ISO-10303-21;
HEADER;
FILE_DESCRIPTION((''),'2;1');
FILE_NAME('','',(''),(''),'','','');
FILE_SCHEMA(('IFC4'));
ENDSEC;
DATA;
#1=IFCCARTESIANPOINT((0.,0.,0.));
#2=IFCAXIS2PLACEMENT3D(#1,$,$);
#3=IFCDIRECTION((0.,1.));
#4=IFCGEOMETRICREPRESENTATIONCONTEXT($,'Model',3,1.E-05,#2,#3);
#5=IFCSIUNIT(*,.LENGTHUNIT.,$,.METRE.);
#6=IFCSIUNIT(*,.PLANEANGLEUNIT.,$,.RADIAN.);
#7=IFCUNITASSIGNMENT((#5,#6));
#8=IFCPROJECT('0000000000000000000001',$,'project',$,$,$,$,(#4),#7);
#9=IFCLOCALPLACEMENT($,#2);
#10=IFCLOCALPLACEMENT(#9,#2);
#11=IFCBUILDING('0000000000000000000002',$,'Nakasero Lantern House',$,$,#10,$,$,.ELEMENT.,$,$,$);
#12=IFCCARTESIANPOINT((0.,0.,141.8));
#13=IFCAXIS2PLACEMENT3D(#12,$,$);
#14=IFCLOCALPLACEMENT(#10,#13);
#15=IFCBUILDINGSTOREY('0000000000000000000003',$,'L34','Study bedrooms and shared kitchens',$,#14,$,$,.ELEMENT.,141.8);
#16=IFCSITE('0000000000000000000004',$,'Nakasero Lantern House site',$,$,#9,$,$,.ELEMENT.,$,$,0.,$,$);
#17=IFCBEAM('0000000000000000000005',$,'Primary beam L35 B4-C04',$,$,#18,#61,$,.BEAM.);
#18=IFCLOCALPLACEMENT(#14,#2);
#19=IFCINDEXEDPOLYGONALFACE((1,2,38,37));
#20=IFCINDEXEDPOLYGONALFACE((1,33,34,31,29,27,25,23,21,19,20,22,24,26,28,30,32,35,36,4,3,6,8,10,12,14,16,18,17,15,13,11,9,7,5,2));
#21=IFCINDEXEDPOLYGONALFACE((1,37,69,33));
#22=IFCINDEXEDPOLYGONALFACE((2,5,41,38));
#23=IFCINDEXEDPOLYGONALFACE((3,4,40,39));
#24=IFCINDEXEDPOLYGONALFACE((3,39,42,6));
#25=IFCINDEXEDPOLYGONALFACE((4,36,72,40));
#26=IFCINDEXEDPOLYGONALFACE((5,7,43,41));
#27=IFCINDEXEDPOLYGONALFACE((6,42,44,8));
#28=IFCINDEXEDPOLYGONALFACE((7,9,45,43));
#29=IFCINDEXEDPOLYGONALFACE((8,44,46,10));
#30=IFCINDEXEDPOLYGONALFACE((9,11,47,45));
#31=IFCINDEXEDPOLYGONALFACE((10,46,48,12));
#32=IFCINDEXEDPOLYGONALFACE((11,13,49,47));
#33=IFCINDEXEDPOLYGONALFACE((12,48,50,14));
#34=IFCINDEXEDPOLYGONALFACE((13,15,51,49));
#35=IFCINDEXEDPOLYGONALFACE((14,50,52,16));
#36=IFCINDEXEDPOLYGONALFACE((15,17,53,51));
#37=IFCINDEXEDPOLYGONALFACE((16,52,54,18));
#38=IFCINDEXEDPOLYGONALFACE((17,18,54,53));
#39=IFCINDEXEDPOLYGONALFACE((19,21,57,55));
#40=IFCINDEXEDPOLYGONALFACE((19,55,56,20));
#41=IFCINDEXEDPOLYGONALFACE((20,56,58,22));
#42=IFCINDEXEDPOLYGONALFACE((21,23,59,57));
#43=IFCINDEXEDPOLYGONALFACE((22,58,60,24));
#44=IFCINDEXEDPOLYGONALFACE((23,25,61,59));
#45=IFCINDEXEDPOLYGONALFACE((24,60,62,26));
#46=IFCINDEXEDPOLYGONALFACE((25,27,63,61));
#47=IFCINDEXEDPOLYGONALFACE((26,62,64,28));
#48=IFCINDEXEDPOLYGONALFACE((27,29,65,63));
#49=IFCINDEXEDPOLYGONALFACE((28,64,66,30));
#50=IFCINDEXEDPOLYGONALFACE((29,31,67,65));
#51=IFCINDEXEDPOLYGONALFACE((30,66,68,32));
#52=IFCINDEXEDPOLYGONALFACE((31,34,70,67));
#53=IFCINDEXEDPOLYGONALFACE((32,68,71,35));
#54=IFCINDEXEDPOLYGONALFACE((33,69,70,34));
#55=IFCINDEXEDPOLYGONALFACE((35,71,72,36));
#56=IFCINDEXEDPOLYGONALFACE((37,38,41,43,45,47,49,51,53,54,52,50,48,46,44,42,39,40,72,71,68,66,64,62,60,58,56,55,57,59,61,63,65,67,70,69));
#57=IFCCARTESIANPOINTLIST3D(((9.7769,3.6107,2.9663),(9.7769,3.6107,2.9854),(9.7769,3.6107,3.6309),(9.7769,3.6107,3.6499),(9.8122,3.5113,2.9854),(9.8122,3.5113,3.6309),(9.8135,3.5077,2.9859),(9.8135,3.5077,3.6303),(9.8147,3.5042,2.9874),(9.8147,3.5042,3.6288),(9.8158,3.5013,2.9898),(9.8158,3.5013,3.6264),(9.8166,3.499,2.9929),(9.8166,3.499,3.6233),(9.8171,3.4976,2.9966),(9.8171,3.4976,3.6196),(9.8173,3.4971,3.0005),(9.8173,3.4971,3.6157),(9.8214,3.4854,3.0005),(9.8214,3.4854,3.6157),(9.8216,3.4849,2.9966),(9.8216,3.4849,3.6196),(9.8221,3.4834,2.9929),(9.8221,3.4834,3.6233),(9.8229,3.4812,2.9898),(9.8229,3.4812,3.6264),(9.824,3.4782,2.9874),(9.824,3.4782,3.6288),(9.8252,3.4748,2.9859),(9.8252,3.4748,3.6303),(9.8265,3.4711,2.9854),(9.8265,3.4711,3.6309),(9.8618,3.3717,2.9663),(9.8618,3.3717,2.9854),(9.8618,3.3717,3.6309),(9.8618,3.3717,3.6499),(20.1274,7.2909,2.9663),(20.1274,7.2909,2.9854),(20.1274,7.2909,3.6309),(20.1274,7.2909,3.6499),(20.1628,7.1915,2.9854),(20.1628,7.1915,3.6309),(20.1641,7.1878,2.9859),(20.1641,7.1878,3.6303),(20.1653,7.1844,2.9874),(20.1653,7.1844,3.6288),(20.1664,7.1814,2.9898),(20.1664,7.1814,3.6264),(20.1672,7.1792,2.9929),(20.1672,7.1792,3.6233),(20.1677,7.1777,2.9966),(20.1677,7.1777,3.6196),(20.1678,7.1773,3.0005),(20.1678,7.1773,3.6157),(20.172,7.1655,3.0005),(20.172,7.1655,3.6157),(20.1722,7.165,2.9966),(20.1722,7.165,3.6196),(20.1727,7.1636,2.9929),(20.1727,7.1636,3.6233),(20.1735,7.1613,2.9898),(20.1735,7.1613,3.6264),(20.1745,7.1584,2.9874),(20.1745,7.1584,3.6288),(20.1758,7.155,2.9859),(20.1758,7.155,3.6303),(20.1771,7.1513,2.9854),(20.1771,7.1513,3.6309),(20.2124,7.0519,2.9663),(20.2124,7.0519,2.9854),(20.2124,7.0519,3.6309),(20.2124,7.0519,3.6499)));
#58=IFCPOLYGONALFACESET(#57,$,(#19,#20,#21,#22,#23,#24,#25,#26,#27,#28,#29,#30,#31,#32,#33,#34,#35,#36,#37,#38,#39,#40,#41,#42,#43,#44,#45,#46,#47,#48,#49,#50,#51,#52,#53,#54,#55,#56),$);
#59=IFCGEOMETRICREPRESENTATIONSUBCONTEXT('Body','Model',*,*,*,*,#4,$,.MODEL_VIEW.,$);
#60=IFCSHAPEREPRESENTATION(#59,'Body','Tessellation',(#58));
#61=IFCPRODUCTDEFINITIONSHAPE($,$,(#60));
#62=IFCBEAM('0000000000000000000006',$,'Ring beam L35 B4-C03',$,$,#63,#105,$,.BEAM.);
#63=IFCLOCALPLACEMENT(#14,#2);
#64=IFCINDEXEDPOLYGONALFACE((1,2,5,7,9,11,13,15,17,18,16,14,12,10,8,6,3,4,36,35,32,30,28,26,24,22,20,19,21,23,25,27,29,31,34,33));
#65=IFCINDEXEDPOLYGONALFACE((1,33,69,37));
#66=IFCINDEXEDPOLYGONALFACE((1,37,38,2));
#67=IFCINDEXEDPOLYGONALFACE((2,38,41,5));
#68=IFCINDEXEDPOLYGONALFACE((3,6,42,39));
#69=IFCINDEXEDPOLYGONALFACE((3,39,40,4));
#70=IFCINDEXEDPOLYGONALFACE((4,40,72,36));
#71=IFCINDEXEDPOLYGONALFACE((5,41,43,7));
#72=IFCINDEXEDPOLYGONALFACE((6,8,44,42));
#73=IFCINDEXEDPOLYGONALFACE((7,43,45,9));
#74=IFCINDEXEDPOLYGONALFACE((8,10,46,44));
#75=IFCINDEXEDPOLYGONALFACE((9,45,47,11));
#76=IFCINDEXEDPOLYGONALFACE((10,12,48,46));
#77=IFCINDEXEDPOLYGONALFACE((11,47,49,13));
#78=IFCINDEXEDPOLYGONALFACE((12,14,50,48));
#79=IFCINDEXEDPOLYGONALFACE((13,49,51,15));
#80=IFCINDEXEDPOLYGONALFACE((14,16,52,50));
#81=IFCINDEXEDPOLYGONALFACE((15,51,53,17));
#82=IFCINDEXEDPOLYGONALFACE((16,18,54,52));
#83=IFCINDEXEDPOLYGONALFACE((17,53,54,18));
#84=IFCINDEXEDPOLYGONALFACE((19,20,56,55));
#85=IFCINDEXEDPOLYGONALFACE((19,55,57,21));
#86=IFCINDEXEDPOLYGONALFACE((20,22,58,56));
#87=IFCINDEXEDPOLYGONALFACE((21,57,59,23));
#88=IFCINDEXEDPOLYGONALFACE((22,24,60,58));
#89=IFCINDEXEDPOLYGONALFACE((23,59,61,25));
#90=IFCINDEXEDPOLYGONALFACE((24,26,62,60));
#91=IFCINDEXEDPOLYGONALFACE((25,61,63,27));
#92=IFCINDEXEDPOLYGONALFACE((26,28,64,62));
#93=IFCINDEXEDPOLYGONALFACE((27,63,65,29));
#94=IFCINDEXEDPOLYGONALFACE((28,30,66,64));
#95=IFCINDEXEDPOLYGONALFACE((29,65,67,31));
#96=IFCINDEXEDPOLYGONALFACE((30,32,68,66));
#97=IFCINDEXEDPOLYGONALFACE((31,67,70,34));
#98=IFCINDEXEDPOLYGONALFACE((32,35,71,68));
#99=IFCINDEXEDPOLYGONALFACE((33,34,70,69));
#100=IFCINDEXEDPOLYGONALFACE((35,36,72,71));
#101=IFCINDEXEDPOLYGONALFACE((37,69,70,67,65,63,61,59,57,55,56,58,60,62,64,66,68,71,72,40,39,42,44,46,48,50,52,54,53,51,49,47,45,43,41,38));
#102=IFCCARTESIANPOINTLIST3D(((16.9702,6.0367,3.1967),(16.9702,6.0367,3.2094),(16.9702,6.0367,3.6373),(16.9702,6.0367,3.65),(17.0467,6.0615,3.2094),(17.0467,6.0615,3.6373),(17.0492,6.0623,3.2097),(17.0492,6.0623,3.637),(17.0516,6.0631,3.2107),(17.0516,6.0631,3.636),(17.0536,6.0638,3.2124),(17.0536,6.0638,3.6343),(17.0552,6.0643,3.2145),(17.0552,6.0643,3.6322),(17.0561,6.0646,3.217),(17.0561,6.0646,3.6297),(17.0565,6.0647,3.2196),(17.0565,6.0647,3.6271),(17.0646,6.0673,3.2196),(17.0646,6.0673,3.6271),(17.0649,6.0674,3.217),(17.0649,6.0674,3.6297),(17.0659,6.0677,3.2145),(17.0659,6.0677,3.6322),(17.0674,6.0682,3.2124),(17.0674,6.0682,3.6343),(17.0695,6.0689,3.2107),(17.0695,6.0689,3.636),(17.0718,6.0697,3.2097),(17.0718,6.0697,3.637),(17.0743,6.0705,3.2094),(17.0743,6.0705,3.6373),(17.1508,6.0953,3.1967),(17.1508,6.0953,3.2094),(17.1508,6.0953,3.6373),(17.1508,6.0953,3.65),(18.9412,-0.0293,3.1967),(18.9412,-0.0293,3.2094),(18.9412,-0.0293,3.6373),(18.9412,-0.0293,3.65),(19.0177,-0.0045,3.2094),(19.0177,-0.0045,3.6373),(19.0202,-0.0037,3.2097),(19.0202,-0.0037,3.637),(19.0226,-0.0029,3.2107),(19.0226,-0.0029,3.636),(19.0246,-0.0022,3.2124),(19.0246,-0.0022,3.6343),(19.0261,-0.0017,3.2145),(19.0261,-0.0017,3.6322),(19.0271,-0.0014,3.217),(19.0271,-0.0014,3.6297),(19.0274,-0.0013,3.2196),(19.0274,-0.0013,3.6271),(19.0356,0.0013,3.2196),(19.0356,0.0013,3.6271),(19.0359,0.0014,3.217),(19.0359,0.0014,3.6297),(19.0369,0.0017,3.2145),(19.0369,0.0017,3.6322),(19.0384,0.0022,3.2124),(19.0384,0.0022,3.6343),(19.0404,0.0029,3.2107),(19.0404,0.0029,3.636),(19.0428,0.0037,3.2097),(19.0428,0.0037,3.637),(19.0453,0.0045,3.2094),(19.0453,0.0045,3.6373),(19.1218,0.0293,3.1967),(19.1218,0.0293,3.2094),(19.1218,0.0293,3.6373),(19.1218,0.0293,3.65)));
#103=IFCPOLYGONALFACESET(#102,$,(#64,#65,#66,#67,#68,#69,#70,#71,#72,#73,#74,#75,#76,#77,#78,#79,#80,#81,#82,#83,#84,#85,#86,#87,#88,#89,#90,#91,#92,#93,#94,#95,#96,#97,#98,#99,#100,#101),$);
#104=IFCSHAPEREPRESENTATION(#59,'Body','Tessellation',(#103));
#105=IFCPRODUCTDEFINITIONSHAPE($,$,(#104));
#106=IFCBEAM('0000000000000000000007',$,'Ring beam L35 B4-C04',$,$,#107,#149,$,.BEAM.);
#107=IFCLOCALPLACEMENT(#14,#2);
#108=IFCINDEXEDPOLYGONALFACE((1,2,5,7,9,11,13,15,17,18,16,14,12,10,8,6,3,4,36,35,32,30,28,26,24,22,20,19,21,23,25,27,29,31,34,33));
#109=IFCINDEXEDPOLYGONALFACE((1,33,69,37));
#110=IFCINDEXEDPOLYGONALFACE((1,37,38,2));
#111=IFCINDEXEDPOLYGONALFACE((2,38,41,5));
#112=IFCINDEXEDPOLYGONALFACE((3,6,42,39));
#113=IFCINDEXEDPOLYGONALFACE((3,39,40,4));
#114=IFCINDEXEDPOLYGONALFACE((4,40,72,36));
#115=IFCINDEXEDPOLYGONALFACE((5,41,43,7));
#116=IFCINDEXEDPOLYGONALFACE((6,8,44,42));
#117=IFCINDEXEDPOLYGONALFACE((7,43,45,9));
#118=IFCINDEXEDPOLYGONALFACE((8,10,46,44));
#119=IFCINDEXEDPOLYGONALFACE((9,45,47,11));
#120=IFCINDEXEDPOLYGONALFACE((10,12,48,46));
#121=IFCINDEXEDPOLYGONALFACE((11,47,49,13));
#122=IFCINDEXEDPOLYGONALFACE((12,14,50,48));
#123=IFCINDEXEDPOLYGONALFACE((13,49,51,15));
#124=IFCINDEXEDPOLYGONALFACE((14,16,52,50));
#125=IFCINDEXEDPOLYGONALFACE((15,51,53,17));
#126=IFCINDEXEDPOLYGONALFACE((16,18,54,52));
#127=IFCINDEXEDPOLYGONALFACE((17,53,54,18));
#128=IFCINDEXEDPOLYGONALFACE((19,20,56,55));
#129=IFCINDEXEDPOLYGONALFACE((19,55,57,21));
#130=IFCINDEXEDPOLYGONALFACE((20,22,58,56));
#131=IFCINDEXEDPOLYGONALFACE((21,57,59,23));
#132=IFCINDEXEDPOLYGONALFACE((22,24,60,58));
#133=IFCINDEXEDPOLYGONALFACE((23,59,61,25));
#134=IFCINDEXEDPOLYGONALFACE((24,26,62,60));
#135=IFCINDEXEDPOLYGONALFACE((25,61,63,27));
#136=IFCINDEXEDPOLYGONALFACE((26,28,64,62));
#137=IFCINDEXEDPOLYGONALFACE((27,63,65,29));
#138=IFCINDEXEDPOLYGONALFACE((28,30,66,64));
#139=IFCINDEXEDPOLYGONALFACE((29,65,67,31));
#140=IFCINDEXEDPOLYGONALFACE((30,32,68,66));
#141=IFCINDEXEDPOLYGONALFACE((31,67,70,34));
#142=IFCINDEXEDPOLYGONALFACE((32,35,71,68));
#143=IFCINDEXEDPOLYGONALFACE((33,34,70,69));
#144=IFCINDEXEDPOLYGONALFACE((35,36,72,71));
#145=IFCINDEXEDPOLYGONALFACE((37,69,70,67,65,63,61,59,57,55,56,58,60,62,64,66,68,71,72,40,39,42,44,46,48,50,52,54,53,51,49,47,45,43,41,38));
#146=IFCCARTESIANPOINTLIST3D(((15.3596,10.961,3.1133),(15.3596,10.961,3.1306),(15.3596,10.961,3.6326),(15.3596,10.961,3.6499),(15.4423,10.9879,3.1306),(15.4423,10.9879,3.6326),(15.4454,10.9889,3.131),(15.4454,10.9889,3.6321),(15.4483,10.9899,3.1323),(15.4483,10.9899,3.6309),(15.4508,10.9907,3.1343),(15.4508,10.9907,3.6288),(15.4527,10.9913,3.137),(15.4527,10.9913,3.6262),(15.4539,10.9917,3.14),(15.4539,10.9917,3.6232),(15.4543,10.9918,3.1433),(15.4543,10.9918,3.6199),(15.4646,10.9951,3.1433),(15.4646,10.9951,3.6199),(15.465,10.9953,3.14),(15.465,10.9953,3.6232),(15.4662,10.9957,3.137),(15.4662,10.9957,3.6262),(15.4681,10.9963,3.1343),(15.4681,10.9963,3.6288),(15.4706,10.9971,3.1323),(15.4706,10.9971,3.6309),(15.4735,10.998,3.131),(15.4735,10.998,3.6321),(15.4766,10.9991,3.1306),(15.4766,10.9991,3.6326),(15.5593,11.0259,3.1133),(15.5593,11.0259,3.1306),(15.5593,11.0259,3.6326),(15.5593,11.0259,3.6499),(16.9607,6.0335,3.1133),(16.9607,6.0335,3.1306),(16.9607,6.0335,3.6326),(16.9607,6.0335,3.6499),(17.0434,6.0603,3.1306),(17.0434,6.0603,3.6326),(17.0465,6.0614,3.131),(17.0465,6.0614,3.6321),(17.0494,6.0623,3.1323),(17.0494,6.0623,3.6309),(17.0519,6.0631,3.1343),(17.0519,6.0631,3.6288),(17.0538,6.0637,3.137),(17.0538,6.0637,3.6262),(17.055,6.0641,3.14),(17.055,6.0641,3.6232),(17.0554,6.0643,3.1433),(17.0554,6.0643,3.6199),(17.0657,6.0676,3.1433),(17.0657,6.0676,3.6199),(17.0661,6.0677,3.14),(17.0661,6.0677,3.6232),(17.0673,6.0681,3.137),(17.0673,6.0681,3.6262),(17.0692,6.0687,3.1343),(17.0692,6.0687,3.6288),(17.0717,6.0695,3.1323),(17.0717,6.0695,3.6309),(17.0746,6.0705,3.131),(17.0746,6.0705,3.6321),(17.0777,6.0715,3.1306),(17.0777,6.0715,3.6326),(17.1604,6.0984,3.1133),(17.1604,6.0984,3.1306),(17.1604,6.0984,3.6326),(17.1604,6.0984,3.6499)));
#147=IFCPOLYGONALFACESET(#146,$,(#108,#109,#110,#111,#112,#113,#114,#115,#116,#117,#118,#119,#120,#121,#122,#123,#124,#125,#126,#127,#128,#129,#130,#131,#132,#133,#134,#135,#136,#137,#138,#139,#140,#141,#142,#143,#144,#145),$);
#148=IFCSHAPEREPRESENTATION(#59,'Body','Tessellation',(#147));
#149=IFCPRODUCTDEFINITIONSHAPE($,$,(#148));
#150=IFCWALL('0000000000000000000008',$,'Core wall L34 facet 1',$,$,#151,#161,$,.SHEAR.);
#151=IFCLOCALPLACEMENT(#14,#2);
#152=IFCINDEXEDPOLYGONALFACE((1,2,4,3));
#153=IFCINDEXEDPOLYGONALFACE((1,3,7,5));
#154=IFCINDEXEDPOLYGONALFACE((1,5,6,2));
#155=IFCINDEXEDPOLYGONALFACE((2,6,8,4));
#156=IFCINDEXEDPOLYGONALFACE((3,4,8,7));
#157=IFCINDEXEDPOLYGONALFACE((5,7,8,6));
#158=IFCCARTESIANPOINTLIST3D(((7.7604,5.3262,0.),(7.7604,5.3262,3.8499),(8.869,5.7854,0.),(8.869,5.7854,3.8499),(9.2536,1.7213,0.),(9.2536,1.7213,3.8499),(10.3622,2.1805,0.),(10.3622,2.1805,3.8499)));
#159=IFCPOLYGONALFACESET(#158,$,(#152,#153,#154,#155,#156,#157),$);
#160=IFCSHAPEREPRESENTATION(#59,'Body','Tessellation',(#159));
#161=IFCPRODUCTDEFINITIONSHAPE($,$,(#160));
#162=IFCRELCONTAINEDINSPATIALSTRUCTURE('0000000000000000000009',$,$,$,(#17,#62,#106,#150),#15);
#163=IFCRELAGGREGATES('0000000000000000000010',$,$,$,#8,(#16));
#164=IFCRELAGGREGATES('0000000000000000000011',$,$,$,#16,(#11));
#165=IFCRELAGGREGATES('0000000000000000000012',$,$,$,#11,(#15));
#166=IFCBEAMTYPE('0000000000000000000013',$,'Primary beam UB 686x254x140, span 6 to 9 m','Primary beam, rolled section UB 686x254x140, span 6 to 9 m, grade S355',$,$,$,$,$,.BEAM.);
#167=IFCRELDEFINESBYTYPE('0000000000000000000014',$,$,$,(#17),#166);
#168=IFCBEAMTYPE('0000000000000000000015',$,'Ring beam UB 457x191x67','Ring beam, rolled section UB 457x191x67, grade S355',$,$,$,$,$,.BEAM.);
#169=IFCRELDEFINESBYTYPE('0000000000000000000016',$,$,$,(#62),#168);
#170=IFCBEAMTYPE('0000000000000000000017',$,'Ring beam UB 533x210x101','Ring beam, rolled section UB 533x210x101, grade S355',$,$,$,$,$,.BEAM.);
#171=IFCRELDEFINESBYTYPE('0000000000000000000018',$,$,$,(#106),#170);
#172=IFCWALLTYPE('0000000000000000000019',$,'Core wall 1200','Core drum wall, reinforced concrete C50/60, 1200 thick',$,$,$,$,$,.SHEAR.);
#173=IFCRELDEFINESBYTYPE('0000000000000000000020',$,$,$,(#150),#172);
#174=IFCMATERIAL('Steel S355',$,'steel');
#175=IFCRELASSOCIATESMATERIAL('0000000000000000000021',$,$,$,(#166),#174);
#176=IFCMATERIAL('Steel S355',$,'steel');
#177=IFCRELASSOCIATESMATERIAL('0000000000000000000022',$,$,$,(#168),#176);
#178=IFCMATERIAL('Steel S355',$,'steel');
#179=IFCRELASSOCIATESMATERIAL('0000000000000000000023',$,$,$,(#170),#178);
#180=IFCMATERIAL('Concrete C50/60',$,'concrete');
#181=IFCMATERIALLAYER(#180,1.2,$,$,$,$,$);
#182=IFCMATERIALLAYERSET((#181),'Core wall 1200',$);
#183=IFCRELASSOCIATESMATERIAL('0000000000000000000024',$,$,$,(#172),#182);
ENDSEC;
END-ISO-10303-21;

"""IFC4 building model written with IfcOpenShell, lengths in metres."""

from ifc_helpers import new_model, si_unit, direction, frame, frame_2d, origin, origin_2d, place, context, subcontext, project, spatial, rectangle, i_section, extrude, material, layer, layer_set, material_profile, profile_set, type_object, element, save


model = new_model("IFC4")

# Units and contexts
model_context = context("Model", 3, precision=1e-05, world=origin(), true_north=direction((0.0, 1.0)))
body_context = subcontext(model_context, "Body", "Model", "MODEL_VIEW")
ifc_project = project(units=[si_unit("LENGTHUNIT", "METRE"), si_unit("PLANEANGLEUNIT", "RADIAN")], contexts=[model_context])

# Site, building, storey
site_placement = place(None, origin())
site = spatial("IfcSite", under=ifc_project, at=site_placement, Name="Nakasero Lantern House site", CompositionType="ELEMENT", RefElevation=0.0)
building_placement = place(site_placement, origin())
building = spatial("IfcBuilding", under=site, at=building_placement, Name="Nakasero Lantern House", CompositionType="ELEMENT")
storey_placement = place(building_placement, frame((0.0, 0.0, 141.8)))
storey = spatial("IfcBuildingStorey", under=building, at=storey_placement, Name="L34", Description="Study bedrooms and shared kitchens", CompositionType="ELEMENT", Elevation=141.8)

# Beams
ifc_material_1 = material(Name="Steel S355", Category="steel")
ifc_material_profile_1 = material_profile(ifc_material_1, i_section(OverallWidth=0.2537, OverallDepth=0.6836, WebThickness=0.0125, FlangeThickness=0.019, FilletRadius=0.0151, at=origin_2d()), Name="UB 686x254x140")
ifc_profile_set_1 = profile_set([ifc_material_profile_1], Name="Steel S355")
beam_type_1 = type_object("IfcBeamType", Name="Primary beam UB 686x254x140, span 6 to 9 m", Description="Primary beam, rolled section UB 686x254x140, span 6 to 9 m, grade S355", PredefinedType="BEAM", material=ifc_profile_set_1)
beam_1_placement = place(storey_placement, frame((20.1699, 7.1714, 3.3081), z_axis=(-0.942216, -0.335007, 0.0), x_axis=(0.335007, -0.942216, 0.0)))
element("IfcBeam", 1, at=beam_1_placement, inside=storey, type_object=beam_type_1, Name="Primary beam L35 B4-C04", PredefinedType="BEAM", context=body_context, shape_type="SweptSolid", body=[
    extrude(i_section(OverallWidth=0.2537, OverallDepth=0.6836, WebThickness=0.0125, FlangeThickness=0.019, FilletRadius=0.0151, at=origin_2d()), origin(), (0.0, 0.0, 1.0), 10.9854),
])
ifc_material_2 = material(Name="Steel S355", Category="steel")
ifc_material_profile_2 = material_profile(ifc_material_2, i_section(OverallWidth=0.1899, OverallDepth=0.4534, WebThickness=0.0085, FlangeThickness=0.0127, FilletRadius=0.0103, at=origin_2d()), Name="UB 457x191x67")
ifc_profile_set_2 = profile_set([ifc_material_profile_2], Name="Steel S355")
beam_type_2 = type_object("IfcBeamType", Name="Ring beam UB 457x191x67", Description="Ring beam, rolled section UB 457x191x67, grade S355", PredefinedType="BEAM", material=ifc_profile_set_2)
beam_2_placement = place(storey_placement, frame((19.0315, 0.0, 3.4233), z_axis=(-0.309019, 0.951056, 0.0), x_axis=(-0.951056, -0.309019, 0.0)))
element("IfcBeam", 2, at=beam_2_placement, inside=storey, type_object=beam_type_2, Name="Ring beam L35 B4-C03", PredefinedType="BEAM", context=body_context, shape_type="SweptSolid", body=[
    extrude(i_section(OverallWidth=0.1899, OverallDepth=0.4534, WebThickness=0.0085, FlangeThickness=0.0127, FilletRadius=0.0103, at=origin_2d()), origin(), (0.0, 0.0, 1.0), 6.3782),
])
ifc_material_3 = material(Name="Steel S355", Category="steel")
ifc_material_profile_3 = material_profile(ifc_material_3, i_section(OverallWidth=0.21, OverallDepth=0.5366, WebThickness=0.0107, FlangeThickness=0.0173, FilletRadius=0.0127, at=origin_2d()), Name="UB 533x210x101")
ifc_profile_set_3 = profile_set([ifc_material_profile_3], Name="Steel S355")
beam_type_3 = type_object("IfcBeamType", Name="Ring beam UB 533x210x101", Description="Ring beam, rolled section UB 533x210x101, grade S355", PredefinedType="BEAM", material=ifc_profile_set_3)
beam_3_placement = place(storey_placement, frame((17.0605, 6.0659, 3.3816), z_axis=(-0.309023, 0.951054, 0.0), x_axis=(-0.951054, -0.309023, 0.0)))
element("IfcBeam", 3, at=beam_3_placement, inside=storey, type_object=beam_type_3, Name="Ring beam L35 B4-C04", PredefinedType="BEAM", context=body_context, shape_type="SweptSolid", body=[
    extrude(i_section(OverallWidth=0.21, OverallDepth=0.5366, WebThickness=0.0107, FlangeThickness=0.0173, FilletRadius=0.0127, at=origin_2d()), origin(), (0.0, 0.0, 1.0), 5.1812),
])

# Wall
ifc_material_4 = material(Name="Concrete C50/60", Category="concrete")
ifc_layer_1 = layer(ifc_material_4, 1.2)
ifc_layer_set_1 = layer_set([ifc_layer_1], Name="Core wall 1200")
wall_type_1 = type_object("IfcWallType", Name="Core wall 1200", Description="Core drum wall, reinforced concrete C50/60, 1200 thick", PredefinedType="SHEAR", material=ifc_layer_set_1)
wall_1_placement = place(storey_placement, frame((9.8079, 1.9509, 0.0), z_axis=(0.0, 0.0, 1.0), x_axis=(-0.382691, 0.923877, 0.0)))
element("IfcWall", 4, at=wall_1_placement, inside=storey, type_object=wall_type_1, Name="Core wall L34 facet 1", PredefinedType="SHEAR", context=body_context, shape_type="SweptSolid", body=[
    extrude(rectangle(XDim=3.9019, YDim=1.2, at=frame_2d((1.9509, 0.0))), origin(), (0.0, 0.0, 1.0), 3.8499),
])

save(model, "model.ifc")
